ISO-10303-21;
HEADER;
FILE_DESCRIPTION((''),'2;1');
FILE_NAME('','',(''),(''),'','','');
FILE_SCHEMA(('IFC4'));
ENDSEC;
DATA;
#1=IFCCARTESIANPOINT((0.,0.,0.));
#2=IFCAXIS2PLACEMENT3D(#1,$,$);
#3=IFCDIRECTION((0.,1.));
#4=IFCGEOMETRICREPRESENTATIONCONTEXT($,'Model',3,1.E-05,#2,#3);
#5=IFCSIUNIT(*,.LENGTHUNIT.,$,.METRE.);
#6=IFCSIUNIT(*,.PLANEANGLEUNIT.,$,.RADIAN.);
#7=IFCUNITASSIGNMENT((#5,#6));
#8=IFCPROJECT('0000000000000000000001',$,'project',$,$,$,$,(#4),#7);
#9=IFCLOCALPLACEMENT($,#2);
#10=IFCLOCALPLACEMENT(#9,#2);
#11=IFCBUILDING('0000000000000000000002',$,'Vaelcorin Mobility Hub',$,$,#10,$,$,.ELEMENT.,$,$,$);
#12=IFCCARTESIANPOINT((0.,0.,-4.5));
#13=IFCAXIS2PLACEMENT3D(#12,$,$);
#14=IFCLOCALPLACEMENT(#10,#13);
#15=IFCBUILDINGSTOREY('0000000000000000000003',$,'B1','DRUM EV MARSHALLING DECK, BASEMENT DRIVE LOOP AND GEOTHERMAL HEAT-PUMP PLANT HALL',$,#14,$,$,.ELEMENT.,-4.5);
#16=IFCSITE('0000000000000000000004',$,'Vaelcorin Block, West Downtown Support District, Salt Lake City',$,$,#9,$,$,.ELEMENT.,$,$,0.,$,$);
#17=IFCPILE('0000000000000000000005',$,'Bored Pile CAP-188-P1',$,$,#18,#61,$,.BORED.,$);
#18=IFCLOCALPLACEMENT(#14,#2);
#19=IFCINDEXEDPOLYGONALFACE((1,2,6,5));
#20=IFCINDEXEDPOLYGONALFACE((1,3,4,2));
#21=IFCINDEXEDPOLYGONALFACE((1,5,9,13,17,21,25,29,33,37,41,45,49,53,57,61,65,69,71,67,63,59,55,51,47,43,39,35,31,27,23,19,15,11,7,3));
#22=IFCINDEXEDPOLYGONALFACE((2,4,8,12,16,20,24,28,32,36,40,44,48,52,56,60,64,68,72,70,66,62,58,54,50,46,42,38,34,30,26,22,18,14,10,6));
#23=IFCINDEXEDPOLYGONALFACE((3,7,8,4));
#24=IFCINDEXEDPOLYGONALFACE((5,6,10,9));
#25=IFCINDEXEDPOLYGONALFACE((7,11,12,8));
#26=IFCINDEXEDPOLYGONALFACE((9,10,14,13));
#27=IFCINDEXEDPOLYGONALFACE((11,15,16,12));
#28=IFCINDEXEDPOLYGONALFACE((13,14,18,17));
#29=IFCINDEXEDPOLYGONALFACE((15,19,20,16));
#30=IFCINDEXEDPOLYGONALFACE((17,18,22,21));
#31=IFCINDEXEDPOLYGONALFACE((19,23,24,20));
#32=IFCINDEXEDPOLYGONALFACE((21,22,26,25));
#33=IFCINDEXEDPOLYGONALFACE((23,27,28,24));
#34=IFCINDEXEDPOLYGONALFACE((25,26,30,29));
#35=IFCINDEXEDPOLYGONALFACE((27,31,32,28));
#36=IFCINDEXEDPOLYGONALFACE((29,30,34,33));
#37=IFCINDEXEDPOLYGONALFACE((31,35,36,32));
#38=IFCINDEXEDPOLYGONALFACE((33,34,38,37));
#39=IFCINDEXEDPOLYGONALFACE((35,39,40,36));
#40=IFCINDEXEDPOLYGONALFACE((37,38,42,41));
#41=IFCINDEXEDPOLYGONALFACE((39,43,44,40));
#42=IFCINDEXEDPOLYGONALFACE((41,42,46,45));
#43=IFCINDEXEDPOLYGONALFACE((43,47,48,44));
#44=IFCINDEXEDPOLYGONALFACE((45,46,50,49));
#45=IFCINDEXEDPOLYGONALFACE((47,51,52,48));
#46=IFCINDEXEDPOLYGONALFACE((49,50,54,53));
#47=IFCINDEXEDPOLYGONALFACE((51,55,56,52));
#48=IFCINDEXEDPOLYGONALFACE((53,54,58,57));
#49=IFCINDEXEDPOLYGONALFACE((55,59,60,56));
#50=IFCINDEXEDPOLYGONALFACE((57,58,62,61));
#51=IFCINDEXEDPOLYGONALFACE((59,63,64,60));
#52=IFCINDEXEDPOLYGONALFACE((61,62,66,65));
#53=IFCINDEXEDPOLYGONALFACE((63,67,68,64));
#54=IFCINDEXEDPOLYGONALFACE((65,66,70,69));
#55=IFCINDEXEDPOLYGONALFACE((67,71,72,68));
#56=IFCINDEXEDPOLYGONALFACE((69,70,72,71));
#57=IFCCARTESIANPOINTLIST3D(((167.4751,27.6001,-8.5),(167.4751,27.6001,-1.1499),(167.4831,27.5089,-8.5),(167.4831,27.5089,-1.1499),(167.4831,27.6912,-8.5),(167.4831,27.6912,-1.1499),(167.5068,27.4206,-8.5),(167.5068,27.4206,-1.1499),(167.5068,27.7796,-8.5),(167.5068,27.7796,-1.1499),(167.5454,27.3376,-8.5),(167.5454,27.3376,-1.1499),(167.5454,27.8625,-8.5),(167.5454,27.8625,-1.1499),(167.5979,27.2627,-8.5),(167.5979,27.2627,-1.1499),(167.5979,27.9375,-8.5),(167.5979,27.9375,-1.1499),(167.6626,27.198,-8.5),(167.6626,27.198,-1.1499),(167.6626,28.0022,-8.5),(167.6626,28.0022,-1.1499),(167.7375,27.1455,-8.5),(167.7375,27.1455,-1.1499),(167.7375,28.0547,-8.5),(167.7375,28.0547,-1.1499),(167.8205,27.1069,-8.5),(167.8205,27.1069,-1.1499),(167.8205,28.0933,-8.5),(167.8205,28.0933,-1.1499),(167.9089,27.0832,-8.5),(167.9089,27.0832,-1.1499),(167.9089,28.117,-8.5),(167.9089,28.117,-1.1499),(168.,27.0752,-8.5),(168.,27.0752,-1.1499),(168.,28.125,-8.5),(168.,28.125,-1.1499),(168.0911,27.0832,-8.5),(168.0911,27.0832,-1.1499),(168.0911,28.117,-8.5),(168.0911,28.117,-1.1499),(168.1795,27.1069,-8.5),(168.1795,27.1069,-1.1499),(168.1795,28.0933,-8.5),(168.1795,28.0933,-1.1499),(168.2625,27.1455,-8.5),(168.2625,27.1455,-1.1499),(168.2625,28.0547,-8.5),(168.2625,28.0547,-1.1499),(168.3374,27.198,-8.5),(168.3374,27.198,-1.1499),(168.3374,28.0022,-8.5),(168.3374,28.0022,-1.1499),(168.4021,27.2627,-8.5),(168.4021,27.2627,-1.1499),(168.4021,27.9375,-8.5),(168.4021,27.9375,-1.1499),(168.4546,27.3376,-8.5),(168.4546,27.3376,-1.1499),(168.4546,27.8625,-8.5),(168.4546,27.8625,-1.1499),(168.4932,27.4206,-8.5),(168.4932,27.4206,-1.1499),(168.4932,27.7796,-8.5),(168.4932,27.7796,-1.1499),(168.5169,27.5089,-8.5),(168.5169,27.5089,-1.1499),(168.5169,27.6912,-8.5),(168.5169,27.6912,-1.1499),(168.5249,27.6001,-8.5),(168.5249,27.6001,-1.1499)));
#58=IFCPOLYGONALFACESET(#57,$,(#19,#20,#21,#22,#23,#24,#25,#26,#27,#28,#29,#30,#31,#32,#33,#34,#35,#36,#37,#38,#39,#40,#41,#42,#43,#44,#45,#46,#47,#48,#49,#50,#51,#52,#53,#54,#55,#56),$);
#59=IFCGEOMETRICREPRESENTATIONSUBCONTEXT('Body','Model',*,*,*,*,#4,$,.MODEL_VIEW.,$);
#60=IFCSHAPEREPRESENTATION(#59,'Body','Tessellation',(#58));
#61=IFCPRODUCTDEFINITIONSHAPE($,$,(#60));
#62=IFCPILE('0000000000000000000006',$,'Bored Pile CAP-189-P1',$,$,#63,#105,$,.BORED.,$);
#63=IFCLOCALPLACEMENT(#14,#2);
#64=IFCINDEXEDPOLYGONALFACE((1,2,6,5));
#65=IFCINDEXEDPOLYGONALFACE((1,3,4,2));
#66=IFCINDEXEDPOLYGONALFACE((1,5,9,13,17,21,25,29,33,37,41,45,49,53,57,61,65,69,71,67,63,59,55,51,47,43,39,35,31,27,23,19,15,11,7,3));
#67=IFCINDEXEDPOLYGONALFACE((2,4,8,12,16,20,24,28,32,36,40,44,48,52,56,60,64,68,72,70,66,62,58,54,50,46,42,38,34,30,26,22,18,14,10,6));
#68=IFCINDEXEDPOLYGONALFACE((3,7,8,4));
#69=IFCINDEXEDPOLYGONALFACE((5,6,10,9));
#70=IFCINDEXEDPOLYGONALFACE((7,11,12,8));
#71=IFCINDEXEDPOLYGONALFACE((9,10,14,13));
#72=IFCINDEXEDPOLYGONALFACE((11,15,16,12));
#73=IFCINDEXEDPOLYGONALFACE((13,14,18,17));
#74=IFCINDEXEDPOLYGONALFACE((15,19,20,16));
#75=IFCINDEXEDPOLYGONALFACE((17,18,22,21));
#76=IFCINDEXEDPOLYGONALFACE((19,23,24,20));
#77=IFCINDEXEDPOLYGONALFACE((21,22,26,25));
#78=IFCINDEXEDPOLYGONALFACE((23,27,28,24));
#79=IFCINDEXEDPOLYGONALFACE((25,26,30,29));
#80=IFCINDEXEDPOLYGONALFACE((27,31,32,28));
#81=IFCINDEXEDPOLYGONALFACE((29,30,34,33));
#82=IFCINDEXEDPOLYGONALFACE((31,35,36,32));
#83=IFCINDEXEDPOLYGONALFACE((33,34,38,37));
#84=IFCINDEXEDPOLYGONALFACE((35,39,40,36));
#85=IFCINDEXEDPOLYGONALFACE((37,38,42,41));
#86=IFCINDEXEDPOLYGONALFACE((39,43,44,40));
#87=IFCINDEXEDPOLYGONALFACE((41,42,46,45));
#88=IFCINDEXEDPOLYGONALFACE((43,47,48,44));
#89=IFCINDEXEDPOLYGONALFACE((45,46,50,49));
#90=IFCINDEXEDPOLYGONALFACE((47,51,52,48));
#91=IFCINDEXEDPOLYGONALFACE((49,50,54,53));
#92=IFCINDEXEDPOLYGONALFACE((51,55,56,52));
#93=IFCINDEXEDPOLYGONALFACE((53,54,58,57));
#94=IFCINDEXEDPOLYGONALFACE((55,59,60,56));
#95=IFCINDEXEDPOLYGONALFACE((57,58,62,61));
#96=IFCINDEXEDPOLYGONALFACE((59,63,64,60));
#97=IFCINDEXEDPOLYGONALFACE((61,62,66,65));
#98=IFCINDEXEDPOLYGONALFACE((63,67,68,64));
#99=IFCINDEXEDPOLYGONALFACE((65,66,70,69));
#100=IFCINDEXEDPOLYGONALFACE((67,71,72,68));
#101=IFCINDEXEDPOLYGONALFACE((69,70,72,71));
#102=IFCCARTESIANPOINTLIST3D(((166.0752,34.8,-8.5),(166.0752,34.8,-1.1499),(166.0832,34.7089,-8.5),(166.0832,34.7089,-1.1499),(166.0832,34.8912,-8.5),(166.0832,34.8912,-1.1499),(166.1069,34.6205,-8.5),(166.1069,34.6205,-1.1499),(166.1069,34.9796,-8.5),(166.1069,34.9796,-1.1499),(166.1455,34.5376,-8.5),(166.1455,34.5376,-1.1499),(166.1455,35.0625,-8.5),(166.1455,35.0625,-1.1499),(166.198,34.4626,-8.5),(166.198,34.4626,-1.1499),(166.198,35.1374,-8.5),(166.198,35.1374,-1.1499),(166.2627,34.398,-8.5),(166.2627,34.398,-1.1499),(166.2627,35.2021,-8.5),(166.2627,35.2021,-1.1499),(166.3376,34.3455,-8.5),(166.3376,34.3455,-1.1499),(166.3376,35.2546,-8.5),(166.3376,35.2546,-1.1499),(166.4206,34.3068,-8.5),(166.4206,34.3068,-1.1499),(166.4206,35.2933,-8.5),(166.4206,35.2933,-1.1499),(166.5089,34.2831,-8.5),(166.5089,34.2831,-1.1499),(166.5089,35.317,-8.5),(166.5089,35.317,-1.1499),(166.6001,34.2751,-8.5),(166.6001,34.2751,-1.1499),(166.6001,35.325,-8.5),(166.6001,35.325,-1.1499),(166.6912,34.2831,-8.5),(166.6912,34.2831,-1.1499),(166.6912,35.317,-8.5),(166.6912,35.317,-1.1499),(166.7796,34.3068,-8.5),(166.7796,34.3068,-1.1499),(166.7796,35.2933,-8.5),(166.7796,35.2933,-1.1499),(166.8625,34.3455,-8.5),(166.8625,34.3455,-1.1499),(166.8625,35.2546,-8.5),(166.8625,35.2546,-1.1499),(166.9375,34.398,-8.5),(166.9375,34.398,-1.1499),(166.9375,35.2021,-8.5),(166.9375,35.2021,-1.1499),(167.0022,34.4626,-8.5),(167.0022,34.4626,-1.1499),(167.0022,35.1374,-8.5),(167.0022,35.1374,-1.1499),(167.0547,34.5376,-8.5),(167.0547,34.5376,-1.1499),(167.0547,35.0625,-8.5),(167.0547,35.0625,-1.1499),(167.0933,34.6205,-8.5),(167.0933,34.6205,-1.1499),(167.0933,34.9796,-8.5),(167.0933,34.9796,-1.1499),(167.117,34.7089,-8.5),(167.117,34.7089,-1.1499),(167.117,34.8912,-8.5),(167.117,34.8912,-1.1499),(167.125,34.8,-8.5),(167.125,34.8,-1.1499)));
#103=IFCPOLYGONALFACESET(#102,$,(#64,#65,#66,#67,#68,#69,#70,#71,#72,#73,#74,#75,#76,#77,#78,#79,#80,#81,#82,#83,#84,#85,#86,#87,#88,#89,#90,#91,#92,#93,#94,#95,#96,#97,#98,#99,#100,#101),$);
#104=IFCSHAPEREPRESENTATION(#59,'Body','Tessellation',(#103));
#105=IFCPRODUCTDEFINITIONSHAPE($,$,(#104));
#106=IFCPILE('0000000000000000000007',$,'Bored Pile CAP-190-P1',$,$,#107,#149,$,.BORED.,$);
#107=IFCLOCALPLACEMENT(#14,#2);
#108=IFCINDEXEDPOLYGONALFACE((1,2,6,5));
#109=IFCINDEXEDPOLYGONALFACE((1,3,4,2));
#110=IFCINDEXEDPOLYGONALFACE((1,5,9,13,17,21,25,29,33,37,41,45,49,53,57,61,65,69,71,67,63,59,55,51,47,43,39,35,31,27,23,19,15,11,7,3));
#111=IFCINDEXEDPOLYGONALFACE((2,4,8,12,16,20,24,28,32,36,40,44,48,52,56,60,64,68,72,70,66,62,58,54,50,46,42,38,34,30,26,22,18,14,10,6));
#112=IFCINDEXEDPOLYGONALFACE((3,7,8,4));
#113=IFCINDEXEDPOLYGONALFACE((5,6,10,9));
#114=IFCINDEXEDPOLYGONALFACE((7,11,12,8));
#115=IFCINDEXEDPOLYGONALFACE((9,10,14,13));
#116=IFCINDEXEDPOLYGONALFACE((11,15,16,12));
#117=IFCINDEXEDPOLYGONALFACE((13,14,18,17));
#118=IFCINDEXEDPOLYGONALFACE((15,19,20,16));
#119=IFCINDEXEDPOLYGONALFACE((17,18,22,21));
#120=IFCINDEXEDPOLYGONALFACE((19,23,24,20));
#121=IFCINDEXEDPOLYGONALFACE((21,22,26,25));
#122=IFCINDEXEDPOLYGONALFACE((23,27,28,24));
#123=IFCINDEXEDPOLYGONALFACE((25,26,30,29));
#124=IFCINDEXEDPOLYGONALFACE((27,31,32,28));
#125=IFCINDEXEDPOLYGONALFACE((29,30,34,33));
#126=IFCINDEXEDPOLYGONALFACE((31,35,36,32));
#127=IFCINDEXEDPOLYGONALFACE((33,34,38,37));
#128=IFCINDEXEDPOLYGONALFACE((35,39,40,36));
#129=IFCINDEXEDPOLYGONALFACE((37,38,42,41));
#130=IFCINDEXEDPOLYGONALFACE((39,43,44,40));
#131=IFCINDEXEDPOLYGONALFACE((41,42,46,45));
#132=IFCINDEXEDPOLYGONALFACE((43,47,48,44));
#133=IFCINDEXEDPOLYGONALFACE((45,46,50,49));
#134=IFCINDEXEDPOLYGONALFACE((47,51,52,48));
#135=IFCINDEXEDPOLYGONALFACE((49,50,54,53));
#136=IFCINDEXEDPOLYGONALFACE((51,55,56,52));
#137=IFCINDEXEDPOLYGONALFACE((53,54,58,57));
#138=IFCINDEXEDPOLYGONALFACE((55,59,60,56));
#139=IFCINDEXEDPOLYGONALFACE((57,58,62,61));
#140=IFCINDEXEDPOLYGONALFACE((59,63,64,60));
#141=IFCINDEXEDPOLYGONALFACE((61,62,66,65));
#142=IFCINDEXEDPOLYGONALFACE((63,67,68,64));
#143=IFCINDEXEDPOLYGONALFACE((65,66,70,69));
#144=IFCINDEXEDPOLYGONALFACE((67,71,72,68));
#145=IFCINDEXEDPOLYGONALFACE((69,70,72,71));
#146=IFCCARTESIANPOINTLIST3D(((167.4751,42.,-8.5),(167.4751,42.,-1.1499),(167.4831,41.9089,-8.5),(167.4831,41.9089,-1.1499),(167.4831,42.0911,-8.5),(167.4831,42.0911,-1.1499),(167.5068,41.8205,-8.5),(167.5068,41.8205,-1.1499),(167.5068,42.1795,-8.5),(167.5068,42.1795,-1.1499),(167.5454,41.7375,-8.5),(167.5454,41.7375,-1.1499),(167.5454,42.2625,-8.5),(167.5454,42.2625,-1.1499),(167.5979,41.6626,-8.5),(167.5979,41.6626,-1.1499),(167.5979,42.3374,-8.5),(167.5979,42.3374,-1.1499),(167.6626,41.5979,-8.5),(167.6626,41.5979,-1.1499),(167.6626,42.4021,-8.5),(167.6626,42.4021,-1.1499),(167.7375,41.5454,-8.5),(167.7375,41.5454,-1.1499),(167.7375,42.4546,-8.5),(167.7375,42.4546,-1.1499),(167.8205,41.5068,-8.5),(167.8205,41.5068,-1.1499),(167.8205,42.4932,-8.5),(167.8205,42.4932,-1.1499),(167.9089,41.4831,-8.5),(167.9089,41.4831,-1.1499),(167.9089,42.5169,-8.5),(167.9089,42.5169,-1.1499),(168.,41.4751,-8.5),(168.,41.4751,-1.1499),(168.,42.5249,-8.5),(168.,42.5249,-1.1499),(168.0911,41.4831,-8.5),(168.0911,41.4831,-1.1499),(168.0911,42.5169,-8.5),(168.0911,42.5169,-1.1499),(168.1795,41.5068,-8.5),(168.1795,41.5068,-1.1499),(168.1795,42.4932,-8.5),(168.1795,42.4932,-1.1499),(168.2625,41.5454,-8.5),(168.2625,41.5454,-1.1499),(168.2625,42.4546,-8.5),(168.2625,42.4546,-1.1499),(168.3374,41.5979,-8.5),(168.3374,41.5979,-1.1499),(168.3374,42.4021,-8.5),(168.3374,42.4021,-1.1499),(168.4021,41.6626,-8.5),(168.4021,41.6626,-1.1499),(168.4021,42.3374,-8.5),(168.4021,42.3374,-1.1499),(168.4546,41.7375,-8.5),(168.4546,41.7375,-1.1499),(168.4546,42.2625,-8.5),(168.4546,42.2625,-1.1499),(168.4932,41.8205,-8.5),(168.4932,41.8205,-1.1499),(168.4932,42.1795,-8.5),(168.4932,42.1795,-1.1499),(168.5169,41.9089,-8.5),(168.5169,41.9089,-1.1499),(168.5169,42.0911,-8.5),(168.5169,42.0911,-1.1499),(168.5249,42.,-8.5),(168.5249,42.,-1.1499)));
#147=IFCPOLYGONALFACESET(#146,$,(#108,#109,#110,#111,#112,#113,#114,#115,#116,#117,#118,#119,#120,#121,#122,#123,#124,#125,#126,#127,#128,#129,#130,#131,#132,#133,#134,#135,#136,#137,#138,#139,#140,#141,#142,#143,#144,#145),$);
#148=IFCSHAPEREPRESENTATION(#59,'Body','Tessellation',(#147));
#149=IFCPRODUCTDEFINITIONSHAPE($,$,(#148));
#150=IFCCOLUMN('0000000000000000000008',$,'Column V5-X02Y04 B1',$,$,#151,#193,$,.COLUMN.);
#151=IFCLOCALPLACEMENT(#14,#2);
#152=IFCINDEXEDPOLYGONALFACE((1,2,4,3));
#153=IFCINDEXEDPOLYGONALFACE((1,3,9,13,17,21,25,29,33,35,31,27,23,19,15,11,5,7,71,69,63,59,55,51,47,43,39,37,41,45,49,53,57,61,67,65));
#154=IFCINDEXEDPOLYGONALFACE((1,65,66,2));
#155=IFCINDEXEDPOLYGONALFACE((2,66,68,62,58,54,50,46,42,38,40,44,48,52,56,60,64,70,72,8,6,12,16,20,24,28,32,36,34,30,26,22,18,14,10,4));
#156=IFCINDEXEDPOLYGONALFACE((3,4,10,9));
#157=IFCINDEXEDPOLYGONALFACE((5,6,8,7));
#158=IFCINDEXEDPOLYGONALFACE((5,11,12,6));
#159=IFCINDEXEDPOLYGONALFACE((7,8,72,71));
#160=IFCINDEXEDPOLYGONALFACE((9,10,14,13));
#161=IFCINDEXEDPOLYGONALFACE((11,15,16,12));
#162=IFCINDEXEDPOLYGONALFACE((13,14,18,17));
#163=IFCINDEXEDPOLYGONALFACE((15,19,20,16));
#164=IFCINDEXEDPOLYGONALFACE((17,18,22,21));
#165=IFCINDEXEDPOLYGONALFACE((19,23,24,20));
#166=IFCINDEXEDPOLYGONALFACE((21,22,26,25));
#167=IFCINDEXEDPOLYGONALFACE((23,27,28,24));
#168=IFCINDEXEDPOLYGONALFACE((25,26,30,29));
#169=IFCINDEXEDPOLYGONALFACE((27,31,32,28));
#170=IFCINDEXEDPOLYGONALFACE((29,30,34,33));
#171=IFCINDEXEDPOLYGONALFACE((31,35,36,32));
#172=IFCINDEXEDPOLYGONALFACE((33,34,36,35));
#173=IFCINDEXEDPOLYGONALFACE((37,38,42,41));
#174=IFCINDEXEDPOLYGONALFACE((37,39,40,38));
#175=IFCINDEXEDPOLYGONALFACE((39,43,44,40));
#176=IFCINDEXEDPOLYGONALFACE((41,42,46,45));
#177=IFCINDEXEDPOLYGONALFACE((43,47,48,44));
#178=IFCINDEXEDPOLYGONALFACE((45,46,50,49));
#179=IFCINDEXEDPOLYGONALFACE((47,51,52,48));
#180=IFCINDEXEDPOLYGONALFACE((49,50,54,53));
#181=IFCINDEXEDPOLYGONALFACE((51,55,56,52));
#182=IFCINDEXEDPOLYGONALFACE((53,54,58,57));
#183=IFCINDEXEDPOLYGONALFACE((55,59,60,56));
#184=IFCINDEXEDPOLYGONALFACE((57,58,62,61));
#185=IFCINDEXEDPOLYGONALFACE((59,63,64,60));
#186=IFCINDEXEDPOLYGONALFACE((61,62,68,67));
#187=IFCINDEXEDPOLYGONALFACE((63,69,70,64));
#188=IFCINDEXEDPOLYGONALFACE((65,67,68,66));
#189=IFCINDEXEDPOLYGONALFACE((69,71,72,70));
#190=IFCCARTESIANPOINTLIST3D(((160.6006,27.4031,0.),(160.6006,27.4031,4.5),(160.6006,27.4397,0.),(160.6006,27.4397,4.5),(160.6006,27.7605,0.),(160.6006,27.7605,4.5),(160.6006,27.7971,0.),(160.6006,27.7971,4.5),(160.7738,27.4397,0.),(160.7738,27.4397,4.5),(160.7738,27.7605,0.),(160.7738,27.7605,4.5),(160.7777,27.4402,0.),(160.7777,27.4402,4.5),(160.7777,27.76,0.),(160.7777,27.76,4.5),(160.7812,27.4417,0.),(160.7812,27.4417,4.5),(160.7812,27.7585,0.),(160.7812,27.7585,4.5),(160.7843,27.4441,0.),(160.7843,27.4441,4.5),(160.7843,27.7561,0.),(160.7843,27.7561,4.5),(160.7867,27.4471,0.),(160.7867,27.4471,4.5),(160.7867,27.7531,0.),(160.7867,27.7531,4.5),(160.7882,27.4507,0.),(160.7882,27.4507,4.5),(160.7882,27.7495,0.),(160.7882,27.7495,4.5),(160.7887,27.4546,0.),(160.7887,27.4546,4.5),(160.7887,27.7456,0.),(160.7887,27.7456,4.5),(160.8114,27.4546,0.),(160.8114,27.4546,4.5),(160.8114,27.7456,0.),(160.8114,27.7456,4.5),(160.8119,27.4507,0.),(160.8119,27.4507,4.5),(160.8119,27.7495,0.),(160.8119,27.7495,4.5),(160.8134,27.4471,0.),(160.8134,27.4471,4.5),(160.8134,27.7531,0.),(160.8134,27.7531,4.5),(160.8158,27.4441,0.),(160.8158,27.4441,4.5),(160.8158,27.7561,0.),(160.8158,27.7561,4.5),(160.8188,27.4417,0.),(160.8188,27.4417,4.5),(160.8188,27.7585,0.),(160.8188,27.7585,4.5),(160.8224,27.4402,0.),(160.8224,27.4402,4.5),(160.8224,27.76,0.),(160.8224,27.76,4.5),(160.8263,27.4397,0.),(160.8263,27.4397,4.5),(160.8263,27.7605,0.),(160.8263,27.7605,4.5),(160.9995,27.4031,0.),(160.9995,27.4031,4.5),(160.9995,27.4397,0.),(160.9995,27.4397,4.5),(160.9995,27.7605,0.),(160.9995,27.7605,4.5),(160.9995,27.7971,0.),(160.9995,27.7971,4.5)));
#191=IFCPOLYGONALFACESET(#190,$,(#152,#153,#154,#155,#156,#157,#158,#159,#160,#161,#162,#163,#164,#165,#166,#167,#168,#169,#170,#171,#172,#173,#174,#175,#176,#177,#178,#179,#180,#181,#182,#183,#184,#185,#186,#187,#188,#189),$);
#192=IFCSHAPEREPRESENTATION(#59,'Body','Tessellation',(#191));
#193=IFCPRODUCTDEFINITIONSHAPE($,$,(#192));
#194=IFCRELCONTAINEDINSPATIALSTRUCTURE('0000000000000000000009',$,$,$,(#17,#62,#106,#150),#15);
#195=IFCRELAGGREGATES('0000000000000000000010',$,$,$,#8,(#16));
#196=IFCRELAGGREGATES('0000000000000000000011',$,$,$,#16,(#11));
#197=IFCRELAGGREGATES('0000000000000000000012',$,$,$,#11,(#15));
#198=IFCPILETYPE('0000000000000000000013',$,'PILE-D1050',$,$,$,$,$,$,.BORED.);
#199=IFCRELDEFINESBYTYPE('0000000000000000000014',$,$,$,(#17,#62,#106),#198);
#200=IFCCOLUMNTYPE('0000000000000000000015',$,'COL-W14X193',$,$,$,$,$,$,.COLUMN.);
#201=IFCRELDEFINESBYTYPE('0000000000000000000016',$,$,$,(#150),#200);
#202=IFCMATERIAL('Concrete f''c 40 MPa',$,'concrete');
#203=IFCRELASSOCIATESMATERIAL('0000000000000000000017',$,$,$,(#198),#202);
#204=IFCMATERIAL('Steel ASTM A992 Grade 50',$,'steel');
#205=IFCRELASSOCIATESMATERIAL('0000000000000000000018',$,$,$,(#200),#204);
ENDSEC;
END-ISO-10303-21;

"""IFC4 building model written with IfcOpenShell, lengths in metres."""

from ifc_helpers import new_model, si_unit, direction, frame, origin, origin_2d, place, context, subcontext, project, spatial, circle, i_section, extrude, material, material_profile, profile_set, type_object, element, save


model = new_model("IFC4")

# Units and contexts
model_context = context("Model", 3, precision=1e-05, world=origin(), true_north=direction((0.0, 1.0)))
body_context = subcontext(model_context, "Body", "Model", "MODEL_VIEW")
ifc_project = project(units=[si_unit("LENGTHUNIT", "METRE"), si_unit("PLANEANGLEUNIT", "RADIAN")], contexts=[model_context])

# Site, building, storey
site_placement = place(None, origin())
site = spatial("IfcSite", under=ifc_project, at=site_placement, Name="Vaelcorin Block, West Downtown Support District, Salt Lake City", CompositionType="ELEMENT", RefElevation=0.0)
building_placement = place(site_placement, origin())
building = spatial("IfcBuilding", under=site, at=building_placement, Name="Vaelcorin Mobility Hub", CompositionType="ELEMENT")
storey_placement = place(building_placement, frame((0.0, 0.0, -4.5)))
storey = spatial("IfcBuildingStorey", under=building, at=storey_placement, Name="B1", Description="DRUM EV MARSHALLING DECK, BASEMENT DRIVE LOOP AND GEOTHERMAL HEAT-PUMP PLANT HALL", CompositionType="ELEMENT", Elevation=-4.5)

# Shared definitions
ifc_material_1 = material(Name="Concrete f'c 40 MPa", Category="concrete")

# Piles
ifc_material_profile_1 = material_profile(ifc_material_1, circle(Radius=0.5249, at=origin_2d()), Name="BP-D1050")
ifc_profile_set_1 = profile_set([ifc_material_profile_1], Name="Concrete f'c 40 MPa")
pile_type = type_object("IfcPileType", Name="PILE-D1050", PredefinedType="BORED", material=ifc_profile_set_1)
for number, where, z_axis, x_axis, name in (
    (1, (168.0, 27.6001, -1.1499), (0.0, 0.0, -1.0), (1.0, 0.0, 0.0), "Bored Pile CAP-188-P1"),
    (2, (166.6001, 34.8, -1.1499), (0.0, 0.0, -1.0), (1.0, 0.0, 0.0), "Bored Pile CAP-189-P1"),
    (3, (168.0, 42.0, -1.1499), (0.0, 0.0, -1.0), (1.0, 0.0, 0.0), "Bored Pile CAP-190-P1"),
):
    element("IfcPile", number, at=place(storey_placement, frame(where, z_axis=z_axis, x_axis=x_axis)), inside=storey, type_object=pile_type, Name=name, PredefinedType="BORED", context=body_context, shape_type="SweptSolid", body=[
        extrude(circle(Radius=0.5249, at=origin_2d()), origin(), (0.0, 0.0, 1.0), 7.3501),
    ])

# Column
ifc_material_2 = material(Name="Steel ASTM A992 Grade 50", Category="steel")
ifc_material_profile_2 = material_profile(ifc_material_2, i_section(OverallWidth=0.3989, OverallDepth=0.394, WebThickness=0.0227, FlangeThickness=0.0366, FilletRadius=0.0149, at=origin_2d()), Name="W14X193")
ifc_profile_set_2 = profile_set([ifc_material_profile_2], Name="Steel ASTM A992 Grade 50")
column_type = type_object("IfcColumnType", Name="COL-W14X193", PredefinedType="COLUMN", material=ifc_profile_set_2)
for number, where, z_axis, x_axis, name in (
    (4, (160.8, 27.6001, 0.0), (0.0, 0.0, 1.0), (1.0, 0.0, 0.0), "Column V5-X02Y04 B1"),
):
    element("IfcColumn", number, at=place(storey_placement, frame(where, z_axis=z_axis, x_axis=x_axis)), inside=storey, type_object=column_type, Name=name, PredefinedType="COLUMN", context=body_context, shape_type="SweptSolid", body=[
        extrude(i_section(OverallWidth=0.3989, OverallDepth=0.394, WebThickness=0.0227, FlangeThickness=0.0366, FilletRadius=0.0149, at=origin_2d()), origin(), (0.0, 0.0, 1.0), 4.5),
    ])

save(model, "model.ifc")
